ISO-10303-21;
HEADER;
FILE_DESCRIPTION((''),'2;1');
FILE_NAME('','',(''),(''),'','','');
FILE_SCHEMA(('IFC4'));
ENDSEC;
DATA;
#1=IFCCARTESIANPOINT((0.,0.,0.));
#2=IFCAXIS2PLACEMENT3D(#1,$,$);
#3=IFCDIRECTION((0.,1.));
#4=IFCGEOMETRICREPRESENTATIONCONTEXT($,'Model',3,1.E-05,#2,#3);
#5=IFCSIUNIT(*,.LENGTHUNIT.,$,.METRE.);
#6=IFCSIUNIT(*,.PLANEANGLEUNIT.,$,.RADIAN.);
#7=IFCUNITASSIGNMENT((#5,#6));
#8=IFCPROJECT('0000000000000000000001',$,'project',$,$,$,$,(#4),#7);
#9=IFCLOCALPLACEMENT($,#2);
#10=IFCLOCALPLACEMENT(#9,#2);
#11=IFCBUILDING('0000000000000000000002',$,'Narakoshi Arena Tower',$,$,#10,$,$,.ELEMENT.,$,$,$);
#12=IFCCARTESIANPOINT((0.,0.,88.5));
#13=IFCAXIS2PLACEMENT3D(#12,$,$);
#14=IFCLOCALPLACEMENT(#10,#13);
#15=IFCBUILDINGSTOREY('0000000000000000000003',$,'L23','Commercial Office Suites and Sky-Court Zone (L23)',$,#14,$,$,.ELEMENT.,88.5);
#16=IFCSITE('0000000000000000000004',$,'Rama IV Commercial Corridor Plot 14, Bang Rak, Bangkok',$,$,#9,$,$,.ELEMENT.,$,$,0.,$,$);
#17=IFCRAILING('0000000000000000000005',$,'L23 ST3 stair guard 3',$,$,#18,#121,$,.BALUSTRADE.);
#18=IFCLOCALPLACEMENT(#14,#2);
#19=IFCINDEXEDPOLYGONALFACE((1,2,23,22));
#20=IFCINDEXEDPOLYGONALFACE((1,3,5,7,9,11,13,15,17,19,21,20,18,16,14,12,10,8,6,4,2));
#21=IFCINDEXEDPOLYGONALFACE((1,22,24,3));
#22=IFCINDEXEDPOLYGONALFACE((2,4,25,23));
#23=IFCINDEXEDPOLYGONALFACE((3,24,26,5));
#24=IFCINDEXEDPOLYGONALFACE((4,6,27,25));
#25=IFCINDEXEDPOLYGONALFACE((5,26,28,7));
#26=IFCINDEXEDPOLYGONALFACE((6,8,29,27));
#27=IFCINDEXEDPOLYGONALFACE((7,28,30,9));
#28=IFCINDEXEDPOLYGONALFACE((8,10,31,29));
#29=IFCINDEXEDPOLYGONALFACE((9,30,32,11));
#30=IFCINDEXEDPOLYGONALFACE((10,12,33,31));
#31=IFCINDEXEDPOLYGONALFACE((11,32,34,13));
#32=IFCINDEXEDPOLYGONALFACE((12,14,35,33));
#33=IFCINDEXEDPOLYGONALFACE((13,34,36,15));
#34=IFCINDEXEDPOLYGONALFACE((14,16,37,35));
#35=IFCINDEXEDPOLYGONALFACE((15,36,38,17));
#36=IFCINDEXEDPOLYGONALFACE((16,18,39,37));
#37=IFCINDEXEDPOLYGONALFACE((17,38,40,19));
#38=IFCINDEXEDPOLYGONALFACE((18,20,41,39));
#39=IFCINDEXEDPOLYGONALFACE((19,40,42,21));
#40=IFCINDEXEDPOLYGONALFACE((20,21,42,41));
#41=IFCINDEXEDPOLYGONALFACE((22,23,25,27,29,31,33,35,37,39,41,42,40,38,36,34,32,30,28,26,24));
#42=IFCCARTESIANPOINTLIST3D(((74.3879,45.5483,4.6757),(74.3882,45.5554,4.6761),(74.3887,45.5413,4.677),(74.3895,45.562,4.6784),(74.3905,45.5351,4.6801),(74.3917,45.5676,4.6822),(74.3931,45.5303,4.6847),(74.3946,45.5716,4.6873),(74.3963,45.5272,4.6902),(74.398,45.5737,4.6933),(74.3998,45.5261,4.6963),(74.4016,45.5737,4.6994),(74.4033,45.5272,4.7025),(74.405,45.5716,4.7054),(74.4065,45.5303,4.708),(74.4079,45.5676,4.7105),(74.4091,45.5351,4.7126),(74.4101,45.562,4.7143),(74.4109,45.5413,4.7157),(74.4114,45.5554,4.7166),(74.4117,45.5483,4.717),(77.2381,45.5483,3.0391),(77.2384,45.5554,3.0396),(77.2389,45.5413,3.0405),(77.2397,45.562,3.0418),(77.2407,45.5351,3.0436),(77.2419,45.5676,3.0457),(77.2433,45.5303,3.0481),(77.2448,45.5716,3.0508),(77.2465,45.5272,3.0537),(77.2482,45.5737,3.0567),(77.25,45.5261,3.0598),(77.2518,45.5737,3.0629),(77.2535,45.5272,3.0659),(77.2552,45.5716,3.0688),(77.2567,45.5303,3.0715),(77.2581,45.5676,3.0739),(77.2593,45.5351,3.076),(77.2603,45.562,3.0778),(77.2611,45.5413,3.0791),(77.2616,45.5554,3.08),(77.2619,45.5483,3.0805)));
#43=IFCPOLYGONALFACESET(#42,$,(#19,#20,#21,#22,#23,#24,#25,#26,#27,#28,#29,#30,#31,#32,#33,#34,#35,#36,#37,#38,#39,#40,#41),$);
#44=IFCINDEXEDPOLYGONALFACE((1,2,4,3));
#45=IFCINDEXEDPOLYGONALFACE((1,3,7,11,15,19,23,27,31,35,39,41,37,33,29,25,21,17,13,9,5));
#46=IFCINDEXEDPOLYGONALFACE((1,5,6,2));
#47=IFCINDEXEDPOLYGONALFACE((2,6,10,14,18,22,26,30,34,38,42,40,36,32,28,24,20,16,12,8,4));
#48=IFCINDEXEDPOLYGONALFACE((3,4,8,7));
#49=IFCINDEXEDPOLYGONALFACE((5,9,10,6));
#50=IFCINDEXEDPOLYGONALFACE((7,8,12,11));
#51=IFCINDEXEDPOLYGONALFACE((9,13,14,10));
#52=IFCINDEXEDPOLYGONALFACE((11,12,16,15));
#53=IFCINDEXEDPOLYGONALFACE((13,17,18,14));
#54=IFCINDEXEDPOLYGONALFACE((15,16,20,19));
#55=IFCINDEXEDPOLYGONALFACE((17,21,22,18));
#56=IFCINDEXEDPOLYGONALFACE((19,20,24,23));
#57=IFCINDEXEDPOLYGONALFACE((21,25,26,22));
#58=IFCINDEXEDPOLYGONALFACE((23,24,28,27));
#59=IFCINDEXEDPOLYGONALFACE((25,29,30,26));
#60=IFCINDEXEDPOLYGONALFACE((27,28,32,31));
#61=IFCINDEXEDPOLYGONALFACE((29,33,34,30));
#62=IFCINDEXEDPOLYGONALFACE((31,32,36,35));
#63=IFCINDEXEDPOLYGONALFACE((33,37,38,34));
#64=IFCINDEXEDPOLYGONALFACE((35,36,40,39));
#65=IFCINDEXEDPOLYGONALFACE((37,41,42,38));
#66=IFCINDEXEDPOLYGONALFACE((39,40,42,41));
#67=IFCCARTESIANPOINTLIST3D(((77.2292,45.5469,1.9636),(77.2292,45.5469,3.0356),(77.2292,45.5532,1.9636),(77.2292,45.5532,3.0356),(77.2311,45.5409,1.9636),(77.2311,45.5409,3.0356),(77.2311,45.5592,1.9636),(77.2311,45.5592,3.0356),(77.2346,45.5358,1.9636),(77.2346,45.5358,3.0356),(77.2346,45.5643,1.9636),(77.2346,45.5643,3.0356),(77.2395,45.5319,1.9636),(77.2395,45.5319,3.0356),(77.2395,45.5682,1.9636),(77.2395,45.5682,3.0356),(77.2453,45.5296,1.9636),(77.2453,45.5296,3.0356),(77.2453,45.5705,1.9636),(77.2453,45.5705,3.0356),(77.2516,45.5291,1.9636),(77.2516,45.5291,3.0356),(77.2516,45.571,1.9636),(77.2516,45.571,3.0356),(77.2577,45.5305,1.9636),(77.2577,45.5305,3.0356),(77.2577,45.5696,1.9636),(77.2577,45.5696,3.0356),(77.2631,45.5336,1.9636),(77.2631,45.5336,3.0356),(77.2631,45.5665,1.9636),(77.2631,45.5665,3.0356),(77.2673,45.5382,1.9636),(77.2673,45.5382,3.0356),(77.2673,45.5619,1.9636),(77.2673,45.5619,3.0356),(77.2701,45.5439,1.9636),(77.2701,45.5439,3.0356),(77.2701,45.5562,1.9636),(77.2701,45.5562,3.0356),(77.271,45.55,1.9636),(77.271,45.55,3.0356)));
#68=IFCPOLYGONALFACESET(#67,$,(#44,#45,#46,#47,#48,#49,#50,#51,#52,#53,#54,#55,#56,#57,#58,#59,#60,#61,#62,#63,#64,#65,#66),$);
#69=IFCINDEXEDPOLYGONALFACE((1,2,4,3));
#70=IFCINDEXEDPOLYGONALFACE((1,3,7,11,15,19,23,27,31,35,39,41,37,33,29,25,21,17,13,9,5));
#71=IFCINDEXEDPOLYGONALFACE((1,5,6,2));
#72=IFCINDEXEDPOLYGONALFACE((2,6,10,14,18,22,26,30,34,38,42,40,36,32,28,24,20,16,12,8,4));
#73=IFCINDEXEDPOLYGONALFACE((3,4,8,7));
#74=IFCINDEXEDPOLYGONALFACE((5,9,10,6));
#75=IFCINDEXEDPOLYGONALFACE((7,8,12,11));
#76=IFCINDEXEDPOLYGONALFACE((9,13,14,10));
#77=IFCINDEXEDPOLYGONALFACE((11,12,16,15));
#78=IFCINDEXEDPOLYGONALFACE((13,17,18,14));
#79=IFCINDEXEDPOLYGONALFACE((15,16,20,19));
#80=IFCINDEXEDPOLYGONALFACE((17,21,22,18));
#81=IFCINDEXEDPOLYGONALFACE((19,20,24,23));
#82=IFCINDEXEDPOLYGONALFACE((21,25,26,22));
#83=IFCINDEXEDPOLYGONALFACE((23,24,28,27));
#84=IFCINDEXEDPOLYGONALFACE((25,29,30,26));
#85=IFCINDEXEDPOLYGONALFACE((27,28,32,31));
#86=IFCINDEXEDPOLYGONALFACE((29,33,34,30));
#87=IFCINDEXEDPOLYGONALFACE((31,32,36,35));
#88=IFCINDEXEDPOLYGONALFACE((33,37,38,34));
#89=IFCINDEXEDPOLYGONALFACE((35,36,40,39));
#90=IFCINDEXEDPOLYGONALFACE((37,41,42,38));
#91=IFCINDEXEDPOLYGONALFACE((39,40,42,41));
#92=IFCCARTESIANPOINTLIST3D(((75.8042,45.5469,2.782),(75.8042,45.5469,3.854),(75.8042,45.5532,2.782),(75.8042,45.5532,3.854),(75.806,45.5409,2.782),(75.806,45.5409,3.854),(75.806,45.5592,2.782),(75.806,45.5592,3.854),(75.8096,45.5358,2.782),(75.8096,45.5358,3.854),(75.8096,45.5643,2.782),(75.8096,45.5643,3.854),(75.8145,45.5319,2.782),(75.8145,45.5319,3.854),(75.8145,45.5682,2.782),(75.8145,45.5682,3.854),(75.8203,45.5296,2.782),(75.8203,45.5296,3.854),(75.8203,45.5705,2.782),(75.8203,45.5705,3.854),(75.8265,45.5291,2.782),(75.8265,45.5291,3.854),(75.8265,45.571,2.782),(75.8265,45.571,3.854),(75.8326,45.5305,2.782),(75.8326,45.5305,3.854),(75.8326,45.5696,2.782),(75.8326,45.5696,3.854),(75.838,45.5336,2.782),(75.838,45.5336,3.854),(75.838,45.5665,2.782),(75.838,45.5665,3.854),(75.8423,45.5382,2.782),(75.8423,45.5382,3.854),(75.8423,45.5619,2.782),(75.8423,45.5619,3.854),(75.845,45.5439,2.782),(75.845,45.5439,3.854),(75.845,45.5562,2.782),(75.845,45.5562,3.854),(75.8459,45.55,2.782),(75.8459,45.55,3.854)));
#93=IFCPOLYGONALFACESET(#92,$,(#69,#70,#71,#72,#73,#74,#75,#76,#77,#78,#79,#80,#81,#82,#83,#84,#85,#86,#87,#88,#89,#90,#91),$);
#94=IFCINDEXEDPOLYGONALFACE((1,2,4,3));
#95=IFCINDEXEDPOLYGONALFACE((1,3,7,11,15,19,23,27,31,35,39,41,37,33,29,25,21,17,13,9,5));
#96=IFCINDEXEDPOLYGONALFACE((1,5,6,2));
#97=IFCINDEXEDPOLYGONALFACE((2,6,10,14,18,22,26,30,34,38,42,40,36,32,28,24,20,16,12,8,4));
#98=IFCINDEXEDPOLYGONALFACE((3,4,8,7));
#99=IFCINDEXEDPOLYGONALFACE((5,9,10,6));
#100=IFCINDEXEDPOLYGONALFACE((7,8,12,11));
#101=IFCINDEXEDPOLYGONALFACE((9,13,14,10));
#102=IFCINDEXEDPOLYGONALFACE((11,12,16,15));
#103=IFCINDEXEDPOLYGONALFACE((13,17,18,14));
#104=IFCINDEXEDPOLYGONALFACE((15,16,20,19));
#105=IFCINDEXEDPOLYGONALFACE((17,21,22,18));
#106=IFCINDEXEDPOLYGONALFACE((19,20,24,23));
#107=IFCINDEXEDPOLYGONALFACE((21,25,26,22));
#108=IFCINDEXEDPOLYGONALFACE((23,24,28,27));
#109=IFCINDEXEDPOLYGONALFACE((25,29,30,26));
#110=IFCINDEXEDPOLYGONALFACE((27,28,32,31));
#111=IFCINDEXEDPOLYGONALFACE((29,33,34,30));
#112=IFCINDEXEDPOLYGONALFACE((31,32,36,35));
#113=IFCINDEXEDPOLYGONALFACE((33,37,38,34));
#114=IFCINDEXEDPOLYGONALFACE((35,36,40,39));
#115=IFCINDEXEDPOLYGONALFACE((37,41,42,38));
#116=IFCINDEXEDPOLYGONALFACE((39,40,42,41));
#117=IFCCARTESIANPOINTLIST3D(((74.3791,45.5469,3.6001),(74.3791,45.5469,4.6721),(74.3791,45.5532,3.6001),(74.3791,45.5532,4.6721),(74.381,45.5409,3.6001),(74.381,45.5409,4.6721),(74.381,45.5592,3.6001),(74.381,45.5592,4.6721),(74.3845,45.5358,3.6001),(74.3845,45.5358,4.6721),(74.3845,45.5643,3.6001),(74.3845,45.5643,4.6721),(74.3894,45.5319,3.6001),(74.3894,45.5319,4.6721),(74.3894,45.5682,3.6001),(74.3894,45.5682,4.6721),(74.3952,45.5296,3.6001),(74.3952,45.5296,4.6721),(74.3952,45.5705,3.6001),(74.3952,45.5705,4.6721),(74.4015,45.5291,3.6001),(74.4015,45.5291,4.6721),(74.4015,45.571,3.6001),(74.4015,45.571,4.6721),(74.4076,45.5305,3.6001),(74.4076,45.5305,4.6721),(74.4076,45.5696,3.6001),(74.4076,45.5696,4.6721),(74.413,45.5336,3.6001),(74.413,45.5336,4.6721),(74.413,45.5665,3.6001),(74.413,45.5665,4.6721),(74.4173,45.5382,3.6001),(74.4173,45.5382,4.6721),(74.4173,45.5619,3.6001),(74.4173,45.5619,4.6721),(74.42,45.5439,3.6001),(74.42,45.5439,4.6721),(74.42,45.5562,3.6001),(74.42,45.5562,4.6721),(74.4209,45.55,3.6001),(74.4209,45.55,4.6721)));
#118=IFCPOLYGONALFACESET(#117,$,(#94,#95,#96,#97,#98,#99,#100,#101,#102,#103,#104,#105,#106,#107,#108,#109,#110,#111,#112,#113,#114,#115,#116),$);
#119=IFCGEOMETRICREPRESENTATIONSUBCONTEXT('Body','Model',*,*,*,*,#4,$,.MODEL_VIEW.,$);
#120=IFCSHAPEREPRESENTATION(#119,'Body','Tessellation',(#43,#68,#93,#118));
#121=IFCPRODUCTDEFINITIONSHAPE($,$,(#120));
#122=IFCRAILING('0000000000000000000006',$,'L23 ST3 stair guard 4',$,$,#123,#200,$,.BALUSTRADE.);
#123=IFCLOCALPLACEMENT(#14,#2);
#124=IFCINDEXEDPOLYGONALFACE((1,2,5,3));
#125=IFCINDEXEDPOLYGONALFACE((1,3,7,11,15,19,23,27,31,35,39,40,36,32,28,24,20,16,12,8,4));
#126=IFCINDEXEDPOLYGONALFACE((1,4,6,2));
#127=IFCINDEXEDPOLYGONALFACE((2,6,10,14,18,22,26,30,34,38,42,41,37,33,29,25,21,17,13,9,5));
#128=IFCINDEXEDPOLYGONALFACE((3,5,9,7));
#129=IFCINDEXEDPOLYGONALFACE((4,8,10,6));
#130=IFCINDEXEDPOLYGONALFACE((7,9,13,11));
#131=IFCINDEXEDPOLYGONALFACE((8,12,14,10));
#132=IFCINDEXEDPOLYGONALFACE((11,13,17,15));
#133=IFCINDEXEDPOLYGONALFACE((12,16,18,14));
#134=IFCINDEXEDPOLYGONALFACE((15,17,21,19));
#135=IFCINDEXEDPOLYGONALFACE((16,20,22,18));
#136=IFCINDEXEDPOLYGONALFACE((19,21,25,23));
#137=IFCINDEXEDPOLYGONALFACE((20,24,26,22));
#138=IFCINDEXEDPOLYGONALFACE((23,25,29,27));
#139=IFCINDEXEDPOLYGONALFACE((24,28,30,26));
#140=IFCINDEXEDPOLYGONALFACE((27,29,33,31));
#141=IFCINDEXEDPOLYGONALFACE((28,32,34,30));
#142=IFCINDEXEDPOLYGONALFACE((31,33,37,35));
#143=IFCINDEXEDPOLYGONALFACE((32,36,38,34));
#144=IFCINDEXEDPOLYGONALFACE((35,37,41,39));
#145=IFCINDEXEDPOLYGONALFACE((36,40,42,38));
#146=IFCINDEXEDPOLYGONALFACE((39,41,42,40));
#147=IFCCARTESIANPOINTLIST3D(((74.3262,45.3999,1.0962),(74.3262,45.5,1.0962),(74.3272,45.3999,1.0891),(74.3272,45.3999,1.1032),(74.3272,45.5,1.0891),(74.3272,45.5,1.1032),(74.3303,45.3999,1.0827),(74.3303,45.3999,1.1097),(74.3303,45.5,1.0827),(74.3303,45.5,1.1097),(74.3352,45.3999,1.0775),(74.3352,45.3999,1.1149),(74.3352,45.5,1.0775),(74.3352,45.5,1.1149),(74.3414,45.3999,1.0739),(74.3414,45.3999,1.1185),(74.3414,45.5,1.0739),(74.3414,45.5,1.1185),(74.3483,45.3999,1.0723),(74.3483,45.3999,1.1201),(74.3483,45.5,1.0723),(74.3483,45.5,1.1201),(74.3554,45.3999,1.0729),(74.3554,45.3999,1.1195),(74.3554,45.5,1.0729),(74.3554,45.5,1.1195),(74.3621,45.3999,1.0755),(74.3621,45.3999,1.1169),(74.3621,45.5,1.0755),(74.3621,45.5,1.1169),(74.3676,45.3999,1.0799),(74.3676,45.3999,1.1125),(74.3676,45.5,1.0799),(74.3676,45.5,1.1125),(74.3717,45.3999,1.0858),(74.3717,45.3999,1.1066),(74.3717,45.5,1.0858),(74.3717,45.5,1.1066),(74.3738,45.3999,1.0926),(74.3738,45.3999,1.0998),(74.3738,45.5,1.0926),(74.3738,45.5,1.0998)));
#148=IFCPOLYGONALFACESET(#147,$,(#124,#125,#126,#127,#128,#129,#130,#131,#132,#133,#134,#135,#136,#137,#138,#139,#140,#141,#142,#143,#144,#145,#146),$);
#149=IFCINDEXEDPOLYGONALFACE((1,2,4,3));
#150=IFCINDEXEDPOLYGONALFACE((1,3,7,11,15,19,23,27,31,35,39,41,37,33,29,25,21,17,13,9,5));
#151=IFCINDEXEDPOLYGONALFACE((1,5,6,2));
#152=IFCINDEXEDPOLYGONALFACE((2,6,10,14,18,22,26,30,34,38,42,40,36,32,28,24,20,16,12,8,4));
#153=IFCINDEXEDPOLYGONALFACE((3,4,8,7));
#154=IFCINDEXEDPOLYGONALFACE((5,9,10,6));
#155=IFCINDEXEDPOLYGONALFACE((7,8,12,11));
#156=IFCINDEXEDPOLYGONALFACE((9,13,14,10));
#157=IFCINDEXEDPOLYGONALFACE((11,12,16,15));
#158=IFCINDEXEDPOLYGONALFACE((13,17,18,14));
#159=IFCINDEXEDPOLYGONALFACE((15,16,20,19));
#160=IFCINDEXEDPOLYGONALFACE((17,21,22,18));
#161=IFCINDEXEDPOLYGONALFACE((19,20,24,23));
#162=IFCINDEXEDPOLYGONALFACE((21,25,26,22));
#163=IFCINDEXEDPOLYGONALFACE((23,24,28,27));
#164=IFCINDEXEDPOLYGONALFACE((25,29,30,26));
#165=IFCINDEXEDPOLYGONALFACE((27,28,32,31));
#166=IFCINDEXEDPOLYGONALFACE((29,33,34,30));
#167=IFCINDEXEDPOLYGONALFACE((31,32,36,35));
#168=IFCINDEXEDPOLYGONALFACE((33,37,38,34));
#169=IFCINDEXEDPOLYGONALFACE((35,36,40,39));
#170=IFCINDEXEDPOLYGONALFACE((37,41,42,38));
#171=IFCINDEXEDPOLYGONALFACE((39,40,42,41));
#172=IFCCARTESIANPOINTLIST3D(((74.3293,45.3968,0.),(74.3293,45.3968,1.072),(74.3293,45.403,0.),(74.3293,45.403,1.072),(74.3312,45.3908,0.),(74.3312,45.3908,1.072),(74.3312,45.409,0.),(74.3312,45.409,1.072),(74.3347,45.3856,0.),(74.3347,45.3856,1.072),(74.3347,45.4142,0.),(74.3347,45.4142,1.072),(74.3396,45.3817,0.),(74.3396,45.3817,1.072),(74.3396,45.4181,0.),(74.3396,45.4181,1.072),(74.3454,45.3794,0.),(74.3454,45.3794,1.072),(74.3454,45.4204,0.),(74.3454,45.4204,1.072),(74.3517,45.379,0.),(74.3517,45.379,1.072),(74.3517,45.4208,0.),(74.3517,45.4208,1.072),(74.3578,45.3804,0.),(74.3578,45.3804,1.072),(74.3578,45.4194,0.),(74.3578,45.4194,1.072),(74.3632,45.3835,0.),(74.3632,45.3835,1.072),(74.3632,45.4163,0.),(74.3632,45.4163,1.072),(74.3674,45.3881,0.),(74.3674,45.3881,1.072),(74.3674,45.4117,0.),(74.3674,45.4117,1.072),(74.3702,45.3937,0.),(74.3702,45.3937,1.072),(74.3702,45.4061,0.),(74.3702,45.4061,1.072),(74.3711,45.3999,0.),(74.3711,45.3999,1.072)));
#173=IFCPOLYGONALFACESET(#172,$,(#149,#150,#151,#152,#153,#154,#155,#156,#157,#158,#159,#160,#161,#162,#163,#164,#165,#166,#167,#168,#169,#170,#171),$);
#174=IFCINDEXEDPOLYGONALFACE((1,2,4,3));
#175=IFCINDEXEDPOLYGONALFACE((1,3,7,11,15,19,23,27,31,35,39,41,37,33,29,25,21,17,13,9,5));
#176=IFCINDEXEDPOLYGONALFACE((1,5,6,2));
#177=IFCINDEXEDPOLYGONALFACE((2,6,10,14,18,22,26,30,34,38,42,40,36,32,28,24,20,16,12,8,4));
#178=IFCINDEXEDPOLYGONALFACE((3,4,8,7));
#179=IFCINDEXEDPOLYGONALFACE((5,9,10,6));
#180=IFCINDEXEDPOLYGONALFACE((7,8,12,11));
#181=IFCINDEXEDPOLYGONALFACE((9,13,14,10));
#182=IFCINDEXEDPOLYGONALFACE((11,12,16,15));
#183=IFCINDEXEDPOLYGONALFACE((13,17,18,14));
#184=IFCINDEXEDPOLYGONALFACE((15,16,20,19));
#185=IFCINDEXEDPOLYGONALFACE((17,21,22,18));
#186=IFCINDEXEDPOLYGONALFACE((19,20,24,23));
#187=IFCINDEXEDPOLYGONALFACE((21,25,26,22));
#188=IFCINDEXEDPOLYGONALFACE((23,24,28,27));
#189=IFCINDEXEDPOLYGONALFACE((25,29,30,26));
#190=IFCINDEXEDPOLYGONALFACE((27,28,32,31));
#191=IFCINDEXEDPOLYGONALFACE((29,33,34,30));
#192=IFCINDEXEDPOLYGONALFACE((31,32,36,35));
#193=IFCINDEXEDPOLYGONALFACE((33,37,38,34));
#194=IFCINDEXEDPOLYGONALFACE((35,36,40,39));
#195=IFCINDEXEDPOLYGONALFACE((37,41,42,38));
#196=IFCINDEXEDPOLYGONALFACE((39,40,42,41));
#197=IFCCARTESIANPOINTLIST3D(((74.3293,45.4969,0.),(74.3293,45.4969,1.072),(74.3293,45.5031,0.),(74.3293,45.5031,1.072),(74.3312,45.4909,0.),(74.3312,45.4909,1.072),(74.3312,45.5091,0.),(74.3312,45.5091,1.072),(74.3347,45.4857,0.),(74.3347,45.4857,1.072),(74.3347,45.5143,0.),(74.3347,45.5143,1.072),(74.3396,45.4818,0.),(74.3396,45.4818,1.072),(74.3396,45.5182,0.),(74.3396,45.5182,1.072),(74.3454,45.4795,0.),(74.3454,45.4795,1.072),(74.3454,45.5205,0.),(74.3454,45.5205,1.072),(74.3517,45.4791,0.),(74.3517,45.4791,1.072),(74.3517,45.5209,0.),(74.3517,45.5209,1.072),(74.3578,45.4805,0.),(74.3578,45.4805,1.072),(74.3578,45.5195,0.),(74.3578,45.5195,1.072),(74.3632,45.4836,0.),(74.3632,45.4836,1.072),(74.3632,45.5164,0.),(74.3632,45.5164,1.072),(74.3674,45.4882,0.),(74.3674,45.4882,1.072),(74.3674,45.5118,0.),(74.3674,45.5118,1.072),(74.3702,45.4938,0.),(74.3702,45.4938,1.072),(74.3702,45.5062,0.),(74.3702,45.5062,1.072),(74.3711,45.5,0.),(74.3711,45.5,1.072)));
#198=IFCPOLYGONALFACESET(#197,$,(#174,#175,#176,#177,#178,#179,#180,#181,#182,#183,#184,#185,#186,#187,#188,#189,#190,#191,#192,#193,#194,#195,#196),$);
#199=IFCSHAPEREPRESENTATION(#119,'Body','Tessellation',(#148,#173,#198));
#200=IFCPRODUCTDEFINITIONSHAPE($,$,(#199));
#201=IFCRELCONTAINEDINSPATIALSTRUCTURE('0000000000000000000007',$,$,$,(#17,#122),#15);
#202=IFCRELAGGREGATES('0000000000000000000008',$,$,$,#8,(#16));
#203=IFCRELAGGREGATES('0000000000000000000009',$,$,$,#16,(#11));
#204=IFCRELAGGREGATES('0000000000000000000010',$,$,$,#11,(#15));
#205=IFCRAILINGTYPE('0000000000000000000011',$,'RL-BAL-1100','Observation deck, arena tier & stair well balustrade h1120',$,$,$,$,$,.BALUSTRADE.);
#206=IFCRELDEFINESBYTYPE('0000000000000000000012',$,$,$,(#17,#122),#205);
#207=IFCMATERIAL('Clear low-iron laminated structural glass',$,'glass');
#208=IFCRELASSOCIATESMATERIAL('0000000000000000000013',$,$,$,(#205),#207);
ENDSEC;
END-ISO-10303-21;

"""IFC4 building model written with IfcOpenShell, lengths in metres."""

from ifc_helpers import new_model, si_unit, direction, frame, origin, origin_2d, place, context, subcontext, project, spatial, circle, extrude, material, type_object, element, save


model = new_model("IFC4")

# Units and contexts
model_context = context("Model", 3, precision=1e-05, world=origin(), true_north=direction((0.0, 1.0)))
body_context = subcontext(model_context, "Body", "Model", "MODEL_VIEW")
ifc_project = project(units=[si_unit("LENGTHUNIT", "METRE"), si_unit("PLANEANGLEUNIT", "RADIAN")], contexts=[model_context])

# Site, building, storey
site_placement = place(None, origin())
site = spatial("IfcSite", under=ifc_project, at=site_placement, Name="Rama IV Commercial Corridor Plot 14, Bang Rak, Bangkok", CompositionType="ELEMENT", RefElevation=0.0)
building_placement = place(site_placement, origin())
building = spatial("IfcBuilding", under=site, at=building_placement, Name="Narakoshi Arena Tower", CompositionType="ELEMENT")
storey_placement = place(building_placement, frame((0.0, 0.0, 88.5)))
storey = spatial("IfcBuildingStorey", under=building, at=storey_placement, Name="L23", Description="Commercial Office Suites and Sky-Court Zone (L23)", CompositionType="ELEMENT", Elevation=88.5)

# Railings
ifc_material_1 = material(Name="Clear low-iron laminated structural glass", Category="glass")
railing_type_1 = type_object("IfcRailingType", Name="RL-BAL-1100", Description="Observation deck, arena tier & stair well balustrade h1120", PredefinedType="BALUSTRADE", material=ifc_material_1)
railing_1_placement = place(storey_placement, frame((77.25, 45.55, 1.9636)))
element("IfcRailing", 1, at=railing_1_placement, inside=storey, type_object=railing_type_1, Name="L23 ST3 stair guard 3", PredefinedType="BALUSTRADE", context=body_context, shape_type="SweptSolid", body=[
    extrude(circle(Radius=0.0239, at=origin_2d()), frame((0.0, 0.0, 1.0962), z_axis=(-0.867213, 0.0, 0.497938), x_axis=(0.0, -1.0, 0.0)), (0.0, 0.0, 1.0), 3.2866),
    extrude(circle(Radius=0.021, at=origin_2d()), origin(), (0.0, 0.0, 1.0), 1.072),
    extrude(circle(Radius=0.021, at=origin_2d()), frame((-1.425, 0.0, 0.8184)), (0.0, 0.0, 1.0), 1.072),
    extrude(circle(Radius=0.021, at=origin_2d()), frame((-2.8501, 0.0, 1.6365)), (0.0, 0.0, 1.0), 1.072),
])
railing_2_placement = place(storey_placement, frame((74.3501, 45.3999, 0.0)))
element("IfcRailing", 2, at=railing_2_placement, inside=storey, type_object=railing_type_1, Name="L23 ST3 stair guard 4", PredefinedType="BALUSTRADE", context=body_context, shape_type="SweptSolid", body=[
    extrude(circle(Radius=0.0239, at=origin_2d()), frame((0.0, 0.0, 1.0962), z_axis=(0.0, 1.0, 0.0), x_axis=(-1.0, 0.0, 0.0)), (0.0, 0.0, 1.0), 0.1001),
    extrude(circle(Radius=0.021, at=origin_2d()), origin(), (0.0, 0.0, 1.0), 1.072),
    extrude(circle(Radius=0.021, at=origin_2d()), frame((0.0, 0.1001, 0.0)), (0.0, 0.0, 1.0), 1.072),
])

save(model, "model.ifc")
